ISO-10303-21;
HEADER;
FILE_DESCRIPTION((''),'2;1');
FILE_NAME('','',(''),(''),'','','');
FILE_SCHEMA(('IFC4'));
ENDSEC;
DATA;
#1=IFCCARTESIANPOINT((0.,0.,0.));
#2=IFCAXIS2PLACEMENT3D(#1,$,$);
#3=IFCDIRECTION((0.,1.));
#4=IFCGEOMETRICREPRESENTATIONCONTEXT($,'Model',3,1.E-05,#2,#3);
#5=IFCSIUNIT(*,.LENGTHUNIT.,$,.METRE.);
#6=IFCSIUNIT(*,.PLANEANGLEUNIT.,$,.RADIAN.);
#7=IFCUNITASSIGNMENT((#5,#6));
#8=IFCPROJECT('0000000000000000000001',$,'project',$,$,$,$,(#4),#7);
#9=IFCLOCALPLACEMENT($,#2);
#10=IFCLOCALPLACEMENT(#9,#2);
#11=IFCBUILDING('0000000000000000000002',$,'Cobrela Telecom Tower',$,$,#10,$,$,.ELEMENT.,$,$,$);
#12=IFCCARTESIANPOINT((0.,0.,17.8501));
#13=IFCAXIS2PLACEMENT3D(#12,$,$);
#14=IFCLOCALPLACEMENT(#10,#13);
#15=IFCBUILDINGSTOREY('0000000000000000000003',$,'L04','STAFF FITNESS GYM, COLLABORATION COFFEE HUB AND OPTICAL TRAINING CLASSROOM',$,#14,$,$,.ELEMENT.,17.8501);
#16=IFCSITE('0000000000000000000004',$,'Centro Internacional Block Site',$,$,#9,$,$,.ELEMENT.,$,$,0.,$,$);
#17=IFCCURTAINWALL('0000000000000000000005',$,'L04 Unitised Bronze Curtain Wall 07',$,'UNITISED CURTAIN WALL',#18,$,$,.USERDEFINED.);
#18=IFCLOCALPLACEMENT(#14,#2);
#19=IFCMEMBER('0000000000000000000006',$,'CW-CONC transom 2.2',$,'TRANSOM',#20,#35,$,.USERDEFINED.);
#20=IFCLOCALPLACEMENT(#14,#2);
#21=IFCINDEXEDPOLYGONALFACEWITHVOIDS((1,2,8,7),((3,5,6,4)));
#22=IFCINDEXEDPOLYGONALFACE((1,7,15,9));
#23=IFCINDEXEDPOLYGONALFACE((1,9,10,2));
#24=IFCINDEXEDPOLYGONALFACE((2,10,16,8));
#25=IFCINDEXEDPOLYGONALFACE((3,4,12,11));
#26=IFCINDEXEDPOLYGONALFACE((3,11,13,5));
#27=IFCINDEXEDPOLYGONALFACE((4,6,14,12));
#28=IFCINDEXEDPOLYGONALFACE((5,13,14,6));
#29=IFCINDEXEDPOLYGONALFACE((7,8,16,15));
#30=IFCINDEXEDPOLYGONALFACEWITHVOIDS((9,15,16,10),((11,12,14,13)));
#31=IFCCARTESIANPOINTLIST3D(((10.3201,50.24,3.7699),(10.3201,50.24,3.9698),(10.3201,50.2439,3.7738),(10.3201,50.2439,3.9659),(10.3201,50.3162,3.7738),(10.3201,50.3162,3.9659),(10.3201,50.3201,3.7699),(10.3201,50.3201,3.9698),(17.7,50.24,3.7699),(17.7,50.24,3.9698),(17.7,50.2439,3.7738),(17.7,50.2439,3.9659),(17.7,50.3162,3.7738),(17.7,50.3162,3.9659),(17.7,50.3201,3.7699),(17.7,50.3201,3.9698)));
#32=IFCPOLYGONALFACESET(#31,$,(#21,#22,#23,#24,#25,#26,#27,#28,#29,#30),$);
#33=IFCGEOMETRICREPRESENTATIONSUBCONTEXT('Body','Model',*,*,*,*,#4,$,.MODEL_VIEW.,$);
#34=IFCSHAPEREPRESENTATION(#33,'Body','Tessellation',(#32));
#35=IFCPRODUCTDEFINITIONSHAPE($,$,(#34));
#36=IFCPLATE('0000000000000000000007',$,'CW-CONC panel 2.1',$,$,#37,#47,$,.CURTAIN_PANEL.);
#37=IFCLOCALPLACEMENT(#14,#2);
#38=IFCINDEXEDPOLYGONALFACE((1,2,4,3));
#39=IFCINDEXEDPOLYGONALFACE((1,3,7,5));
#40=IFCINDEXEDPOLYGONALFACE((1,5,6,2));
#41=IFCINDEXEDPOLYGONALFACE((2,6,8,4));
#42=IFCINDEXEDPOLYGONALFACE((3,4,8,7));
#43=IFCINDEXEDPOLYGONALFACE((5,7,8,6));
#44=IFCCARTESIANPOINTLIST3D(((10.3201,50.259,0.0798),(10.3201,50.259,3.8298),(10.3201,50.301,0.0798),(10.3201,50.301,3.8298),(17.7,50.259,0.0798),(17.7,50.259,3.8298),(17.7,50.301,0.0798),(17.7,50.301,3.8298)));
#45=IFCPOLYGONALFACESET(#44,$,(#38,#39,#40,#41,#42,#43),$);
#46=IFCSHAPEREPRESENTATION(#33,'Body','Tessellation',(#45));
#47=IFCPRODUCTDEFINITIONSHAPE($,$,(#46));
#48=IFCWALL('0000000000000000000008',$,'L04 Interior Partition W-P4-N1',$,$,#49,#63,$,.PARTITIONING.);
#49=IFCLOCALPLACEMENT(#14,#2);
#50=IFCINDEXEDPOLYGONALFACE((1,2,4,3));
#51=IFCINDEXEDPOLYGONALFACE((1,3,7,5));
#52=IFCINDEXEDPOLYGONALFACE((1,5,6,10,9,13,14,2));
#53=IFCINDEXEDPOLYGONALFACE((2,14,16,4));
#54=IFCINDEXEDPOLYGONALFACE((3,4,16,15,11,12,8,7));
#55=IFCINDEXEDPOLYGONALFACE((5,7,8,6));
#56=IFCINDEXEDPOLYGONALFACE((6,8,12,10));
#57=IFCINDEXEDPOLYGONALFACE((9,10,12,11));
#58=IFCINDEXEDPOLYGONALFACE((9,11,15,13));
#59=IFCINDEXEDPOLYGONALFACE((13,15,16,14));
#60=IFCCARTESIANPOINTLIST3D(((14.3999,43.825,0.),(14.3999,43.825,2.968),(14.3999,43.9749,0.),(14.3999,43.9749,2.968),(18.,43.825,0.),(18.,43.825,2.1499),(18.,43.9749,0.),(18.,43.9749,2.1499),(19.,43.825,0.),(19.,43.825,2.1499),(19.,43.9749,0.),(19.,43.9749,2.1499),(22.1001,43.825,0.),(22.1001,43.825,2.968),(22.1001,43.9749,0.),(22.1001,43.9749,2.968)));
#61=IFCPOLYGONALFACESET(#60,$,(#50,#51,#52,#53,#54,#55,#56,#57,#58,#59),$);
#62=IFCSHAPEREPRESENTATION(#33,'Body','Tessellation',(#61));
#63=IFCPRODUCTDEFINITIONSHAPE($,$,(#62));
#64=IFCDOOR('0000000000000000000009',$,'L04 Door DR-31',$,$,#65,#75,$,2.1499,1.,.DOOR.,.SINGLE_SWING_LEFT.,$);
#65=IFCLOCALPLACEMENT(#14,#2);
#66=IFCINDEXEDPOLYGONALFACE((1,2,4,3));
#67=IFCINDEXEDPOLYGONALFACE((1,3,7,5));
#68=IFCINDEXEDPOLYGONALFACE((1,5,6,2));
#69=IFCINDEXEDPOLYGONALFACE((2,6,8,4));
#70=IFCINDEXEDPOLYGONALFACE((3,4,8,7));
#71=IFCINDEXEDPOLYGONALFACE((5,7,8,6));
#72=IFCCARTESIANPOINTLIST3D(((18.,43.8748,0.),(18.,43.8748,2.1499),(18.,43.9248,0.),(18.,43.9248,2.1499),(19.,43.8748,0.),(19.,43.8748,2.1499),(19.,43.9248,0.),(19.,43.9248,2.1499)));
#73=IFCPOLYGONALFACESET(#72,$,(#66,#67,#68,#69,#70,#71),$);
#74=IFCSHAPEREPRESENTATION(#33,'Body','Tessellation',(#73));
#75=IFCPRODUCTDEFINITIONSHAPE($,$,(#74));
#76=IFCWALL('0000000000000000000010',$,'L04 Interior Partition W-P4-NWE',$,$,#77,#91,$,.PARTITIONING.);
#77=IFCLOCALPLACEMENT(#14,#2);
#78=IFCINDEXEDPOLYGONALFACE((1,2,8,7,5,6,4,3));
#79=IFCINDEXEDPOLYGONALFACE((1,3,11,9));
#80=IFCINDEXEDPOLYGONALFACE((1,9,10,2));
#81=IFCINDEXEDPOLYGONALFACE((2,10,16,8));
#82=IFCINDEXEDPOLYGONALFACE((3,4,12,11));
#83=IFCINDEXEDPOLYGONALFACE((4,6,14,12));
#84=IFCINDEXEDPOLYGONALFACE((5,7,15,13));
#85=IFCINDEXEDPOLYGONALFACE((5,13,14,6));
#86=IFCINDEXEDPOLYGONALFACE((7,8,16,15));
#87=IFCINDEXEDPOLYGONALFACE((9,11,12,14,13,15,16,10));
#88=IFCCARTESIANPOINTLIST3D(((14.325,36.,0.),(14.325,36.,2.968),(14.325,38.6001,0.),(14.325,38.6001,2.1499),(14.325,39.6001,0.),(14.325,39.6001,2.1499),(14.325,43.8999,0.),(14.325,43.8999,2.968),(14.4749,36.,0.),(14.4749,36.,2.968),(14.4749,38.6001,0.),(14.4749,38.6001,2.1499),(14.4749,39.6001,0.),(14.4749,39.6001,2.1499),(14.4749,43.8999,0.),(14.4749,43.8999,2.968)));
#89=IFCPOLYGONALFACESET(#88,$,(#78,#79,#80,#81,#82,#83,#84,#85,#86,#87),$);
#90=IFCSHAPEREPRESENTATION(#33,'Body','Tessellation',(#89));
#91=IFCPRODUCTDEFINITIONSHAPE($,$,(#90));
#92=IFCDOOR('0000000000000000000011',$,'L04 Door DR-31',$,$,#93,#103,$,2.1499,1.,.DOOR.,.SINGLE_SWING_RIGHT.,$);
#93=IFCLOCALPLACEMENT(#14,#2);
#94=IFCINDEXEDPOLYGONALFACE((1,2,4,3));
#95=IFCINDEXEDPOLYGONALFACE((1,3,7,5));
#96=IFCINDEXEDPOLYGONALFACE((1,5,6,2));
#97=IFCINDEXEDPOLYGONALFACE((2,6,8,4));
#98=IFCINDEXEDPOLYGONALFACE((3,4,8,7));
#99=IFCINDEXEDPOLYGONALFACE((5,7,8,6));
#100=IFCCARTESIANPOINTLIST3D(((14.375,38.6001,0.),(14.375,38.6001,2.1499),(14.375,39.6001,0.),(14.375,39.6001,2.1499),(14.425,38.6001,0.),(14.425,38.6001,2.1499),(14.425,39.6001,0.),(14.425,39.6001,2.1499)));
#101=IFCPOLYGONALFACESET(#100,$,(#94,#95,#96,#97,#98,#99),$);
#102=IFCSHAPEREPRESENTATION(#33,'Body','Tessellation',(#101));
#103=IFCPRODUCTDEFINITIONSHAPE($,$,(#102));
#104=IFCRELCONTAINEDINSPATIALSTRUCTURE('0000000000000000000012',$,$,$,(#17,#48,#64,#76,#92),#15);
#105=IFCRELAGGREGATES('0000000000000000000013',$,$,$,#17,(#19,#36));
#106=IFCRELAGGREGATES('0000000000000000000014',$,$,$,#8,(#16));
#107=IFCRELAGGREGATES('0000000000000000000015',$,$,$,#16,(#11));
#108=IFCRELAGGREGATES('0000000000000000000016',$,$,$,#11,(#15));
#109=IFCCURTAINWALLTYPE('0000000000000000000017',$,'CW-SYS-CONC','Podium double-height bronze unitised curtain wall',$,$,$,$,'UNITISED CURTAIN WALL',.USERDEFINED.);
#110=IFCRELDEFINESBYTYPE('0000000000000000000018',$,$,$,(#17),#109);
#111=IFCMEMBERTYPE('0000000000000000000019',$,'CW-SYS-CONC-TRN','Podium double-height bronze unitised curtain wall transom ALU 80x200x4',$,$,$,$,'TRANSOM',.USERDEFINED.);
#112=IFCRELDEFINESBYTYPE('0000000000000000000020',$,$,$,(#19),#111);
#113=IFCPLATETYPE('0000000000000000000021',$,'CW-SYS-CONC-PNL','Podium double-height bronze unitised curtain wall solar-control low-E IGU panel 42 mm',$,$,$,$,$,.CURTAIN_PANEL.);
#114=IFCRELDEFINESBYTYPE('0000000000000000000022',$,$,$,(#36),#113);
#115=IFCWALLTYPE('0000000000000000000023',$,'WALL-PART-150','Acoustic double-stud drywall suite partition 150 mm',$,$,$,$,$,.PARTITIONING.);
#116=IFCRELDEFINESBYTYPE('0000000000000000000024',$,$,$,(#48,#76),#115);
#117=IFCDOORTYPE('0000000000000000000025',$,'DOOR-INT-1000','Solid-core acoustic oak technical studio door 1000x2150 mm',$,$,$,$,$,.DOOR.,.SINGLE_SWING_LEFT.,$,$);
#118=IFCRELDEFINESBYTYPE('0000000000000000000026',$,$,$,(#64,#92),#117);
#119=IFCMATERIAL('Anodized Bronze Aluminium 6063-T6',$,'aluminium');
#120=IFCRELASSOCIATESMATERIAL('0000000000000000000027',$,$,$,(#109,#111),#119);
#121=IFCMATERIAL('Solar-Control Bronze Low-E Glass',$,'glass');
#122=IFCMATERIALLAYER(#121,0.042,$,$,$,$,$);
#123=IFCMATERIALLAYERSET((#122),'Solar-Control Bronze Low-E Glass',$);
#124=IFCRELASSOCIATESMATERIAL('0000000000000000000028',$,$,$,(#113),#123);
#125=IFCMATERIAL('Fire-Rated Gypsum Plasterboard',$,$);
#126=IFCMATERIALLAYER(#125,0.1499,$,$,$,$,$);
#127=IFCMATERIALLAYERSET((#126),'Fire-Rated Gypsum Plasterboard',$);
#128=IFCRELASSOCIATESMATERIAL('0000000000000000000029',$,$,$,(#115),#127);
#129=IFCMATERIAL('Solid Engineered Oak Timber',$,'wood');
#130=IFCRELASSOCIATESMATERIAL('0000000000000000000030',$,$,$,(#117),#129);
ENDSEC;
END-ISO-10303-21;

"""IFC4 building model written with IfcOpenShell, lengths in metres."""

from ifc_helpers import new_model, si_unit, direction, frame, frame_2d, origin, origin_2d, place, context, subcontext, project, spatial, rectangle, hollow_rectangle, extrude, material, layer, layer_set, material_profile, profile_set, type_object, element, fill, aggregate, save


model = new_model("IFC4")

# Units and contexts
model_context = context("Model", 3, precision=1e-05, world=origin(), true_north=direction((0.0, 1.0)))
body_context = subcontext(model_context, "Body", "Model", "MODEL_VIEW")
ifc_project = project(units=[si_unit("LENGTHUNIT", "METRE"), si_unit("PLANEANGLEUNIT", "RADIAN")], contexts=[model_context])

# Site, building, storey
site_placement = place(None, origin())
site = spatial("IfcSite", under=ifc_project, at=site_placement, Name="Centro Internacional Block Site", CompositionType="ELEMENT", RefElevation=0.0)
building_placement = place(site_placement, origin())
building = spatial("IfcBuilding", under=site, at=building_placement, Name="Cobrela Telecom Tower", CompositionType="ELEMENT")
storey_placement = place(building_placement, frame((0.0, 0.0, 17.8501)))
storey = spatial("IfcBuildingStorey", under=building, at=storey_placement, Name="L04", Description="STAFF FITNESS GYM, COLLABORATION COFFEE HUB AND OPTICAL TRAINING CLASSROOM", CompositionType="ELEMENT", Elevation=17.8501)

# Curtain wall, member, plate
ifc_material_1 = material(Name="Anodized Bronze Aluminium 6063-T6", Category="aluminium")
curtain_wall_type = type_object("IfcCurtainWallType", Name="CW-SYS-CONC", Description="Podium double-height bronze unitised curtain wall", ElementType="UNITISED CURTAIN WALL", PredefinedType="USERDEFINED", material=ifc_material_1)
curtain_wall_placement = place(storey_placement, origin())
curtain_wall = element("IfcCurtainWall", 1, at=curtain_wall_placement, inside=storey, type_object=curtain_wall_type, Name="L04 Unitised Bronze Curtain Wall 07", ObjectType="UNITISED CURTAIN WALL", PredefinedType="USERDEFINED")
ifc_material_profile_1 = material_profile(ifc_material_1, hollow_rectangle(XDim=0.0801, YDim=0.2, WallThickness=0.0039, at=origin_2d()), Name="ALU 80x200x4")
ifc_profile_set_1 = profile_set([ifc_material_profile_1], Name="Anodized Bronze Aluminium 6063-T6")
member_type_1 = type_object("IfcMemberType", Name="CW-SYS-CONC-TRN", Description="Podium double-height bronze unitised curtain wall transom ALU 80x200x4", ElementType="TRANSOM", PredefinedType="USERDEFINED", material=ifc_profile_set_1)
member_1_placement = place(storey_placement, frame((10.3201, 50.28, 3.8699), z_axis=(1.0, 0.0, 0.0), x_axis=(0.0, 1.0, 0.0)))
member_1 = element("IfcMember", 2, at=member_1_placement, type_object=member_type_1, Name="CW-CONC transom 2.2", ObjectType="TRANSOM", PredefinedType="USERDEFINED", context=body_context, shape_type="SweptSolid", body=[
    extrude(hollow_rectangle(XDim=0.0801, YDim=0.2, WallThickness=0.0039, at=origin_2d()), origin(), (0.0, 0.0, 1.0), 7.3799),
])
ifc_material_2 = material(Name="Solar-Control Bronze Low-E Glass", Category="glass")
ifc_layer_1 = layer(ifc_material_2, 0.042)
ifc_layer_set_1 = layer_set([ifc_layer_1], Name="Solar-Control Bronze Low-E Glass")
plate_type = type_object("IfcPlateType", Name="CW-SYS-CONC-PNL", Description="Podium double-height bronze unitised curtain wall solar-control low-E IGU panel 42 mm", PredefinedType="CURTAIN_PANEL", material=ifc_layer_set_1)
plate_placement = place(storey_placement, frame((14.01, 50.28, 0.0798), z_axis=(0.0, 0.0, 1.0), x_axis=(1.0, 0.0, 0.0)))
plate = element("IfcPlate", 3, at=plate_placement, type_object=plate_type, Name="CW-CONC panel 2.1", PredefinedType="CURTAIN_PANEL", context=body_context, shape_type="SweptSolid", body=[
    extrude(rectangle(XDim=7.3799, YDim=0.042, at=origin_2d()), origin(), (0.0, 0.0, 1.0), 3.75),
])
aggregate(curtain_wall, [member_1, plate])

# Walls, openings, doors
ifc_material_3 = material(Name="Fire-Rated Gypsum Plasterboard")
ifc_layer_2 = layer(ifc_material_3, 0.1499)
ifc_layer_set_2 = layer_set([ifc_layer_2], Name="Fire-Rated Gypsum Plasterboard")
wall_type = type_object("IfcWallType", Name="WALL-PART-150", Description="Acoustic double-stud drywall suite partition 150 mm", PredefinedType="PARTITIONING", material=ifc_layer_set_2)
wall_1_placement = place(storey_placement, frame((14.3999, 43.8999, 0.0), z_axis=(0.0, 0.0, 1.0), x_axis=(1.0, 0.0, 0.0)))
wall_1 = element("IfcWall", 4, at=wall_1_placement, inside=storey, type_object=wall_type, Name="L04 Interior Partition W-P4-N1", PredefinedType="PARTITIONING", context=body_context, shape_type="SweptSolid", body=[
    extrude(rectangle(XDim=7.7002, YDim=0.1499, at=frame_2d((3.8501, 0.0))), origin(), (0.0, 0.0, 1.0), 2.968),
])
opening_1_placement = place(wall_1_placement, frame((3.6001, 0.0, 0.0)))
opening_1 = element("IfcOpeningElement", 5, at=opening_1_placement, cuts=wall_1, PredefinedType="OPENING", context=body_context, shape_type="SweptSolid", body=[
    extrude(rectangle(XDim=1.0, YDim=2.1499, at=frame_2d((0.5, 1.075))), frame((0.0, 0.0869, 0.0), z_axis=(0.0, -1.0, 0.0), x_axis=(1.0, 0.0, 0.0)), (0.0, 0.0, 1.0), 0.1738),
])
ifc_material_4 = material(Name="Solid Engineered Oak Timber", Category="wood")
door_type = type_object("IfcDoorType", Name="DOOR-INT-1000", Description="Solid-core acoustic oak technical studio door 1000x2150 mm", OperationType="SINGLE_SWING_LEFT", PredefinedType="DOOR", material=ifc_material_4)
door_1_placement = place(opening_1_placement, origin())
door_1 = element("IfcDoor", 6, at=door_1_placement, inside=storey, type_object=door_type, Name="L04 Door DR-31", OperationType="SINGLE_SWING_LEFT", OverallHeight=2.1499, OverallWidth=1.0, PredefinedType="DOOR", context=body_context, shape_type="SweptSolid", body=[
    extrude(rectangle(XDim=1.0, YDim=2.1499, at=frame_2d((0.5, 1.075))), frame((0.0, 0.0249, 0.0), z_axis=(0.0, -1.0, 0.0), x_axis=(1.0, 0.0, 0.0)), (0.0, 0.0, 1.0), 0.05),
])
fill(opening_1, door_1)
wall_2_placement = place(storey_placement, frame((14.3999, 36.0, 0.0), z_axis=(0.0, 0.0, 1.0), x_axis=(0.0, 1.0, 0.0)))
wall_2 = element("IfcWall", 7, at=wall_2_placement, inside=storey, type_object=wall_type, Name="L04 Interior Partition W-P4-NWE", PredefinedType="PARTITIONING", context=body_context, shape_type="SweptSolid", body=[
    extrude(rectangle(XDim=7.8999, YDim=0.1499, at=frame_2d((3.95, 0.0))), origin(), (0.0, 0.0, 1.0), 2.968),
])
opening_2_placement = place(wall_2_placement, frame((2.6001, 0.0, 0.0)))
opening_2 = element("IfcOpeningElement", 8, at=opening_2_placement, cuts=wall_2, PredefinedType="OPENING", context=body_context, shape_type="SweptSolid", body=[
    extrude(rectangle(XDim=1.0, YDim=2.1499, at=frame_2d((0.5, 1.075))), frame((0.0, 0.0869, 0.0), z_axis=(0.0, -1.0, 0.0), x_axis=(1.0, 0.0, 0.0)), (0.0, 0.0, 1.0), 0.1738),
])
door_2_placement = place(opening_2_placement, origin())
door_2 = element("IfcDoor", 9, at=door_2_placement, inside=storey, type_object=door_type, Name="L04 Door DR-31", OperationType="SINGLE_SWING_RIGHT", OverallHeight=2.1499, OverallWidth=1.0, PredefinedType="DOOR", context=body_context, shape_type="SweptSolid", body=[
    extrude(rectangle(XDim=1.0, YDim=2.1499, at=frame_2d((0.5, 1.075))), frame((0.0, 0.0249, 0.0), z_axis=(0.0, -1.0, 0.0), x_axis=(1.0, 0.0, 0.0)), (0.0, 0.0, 1.0), 0.05),
])
fill(opening_2, door_2)

save(model, "model.ifc")
